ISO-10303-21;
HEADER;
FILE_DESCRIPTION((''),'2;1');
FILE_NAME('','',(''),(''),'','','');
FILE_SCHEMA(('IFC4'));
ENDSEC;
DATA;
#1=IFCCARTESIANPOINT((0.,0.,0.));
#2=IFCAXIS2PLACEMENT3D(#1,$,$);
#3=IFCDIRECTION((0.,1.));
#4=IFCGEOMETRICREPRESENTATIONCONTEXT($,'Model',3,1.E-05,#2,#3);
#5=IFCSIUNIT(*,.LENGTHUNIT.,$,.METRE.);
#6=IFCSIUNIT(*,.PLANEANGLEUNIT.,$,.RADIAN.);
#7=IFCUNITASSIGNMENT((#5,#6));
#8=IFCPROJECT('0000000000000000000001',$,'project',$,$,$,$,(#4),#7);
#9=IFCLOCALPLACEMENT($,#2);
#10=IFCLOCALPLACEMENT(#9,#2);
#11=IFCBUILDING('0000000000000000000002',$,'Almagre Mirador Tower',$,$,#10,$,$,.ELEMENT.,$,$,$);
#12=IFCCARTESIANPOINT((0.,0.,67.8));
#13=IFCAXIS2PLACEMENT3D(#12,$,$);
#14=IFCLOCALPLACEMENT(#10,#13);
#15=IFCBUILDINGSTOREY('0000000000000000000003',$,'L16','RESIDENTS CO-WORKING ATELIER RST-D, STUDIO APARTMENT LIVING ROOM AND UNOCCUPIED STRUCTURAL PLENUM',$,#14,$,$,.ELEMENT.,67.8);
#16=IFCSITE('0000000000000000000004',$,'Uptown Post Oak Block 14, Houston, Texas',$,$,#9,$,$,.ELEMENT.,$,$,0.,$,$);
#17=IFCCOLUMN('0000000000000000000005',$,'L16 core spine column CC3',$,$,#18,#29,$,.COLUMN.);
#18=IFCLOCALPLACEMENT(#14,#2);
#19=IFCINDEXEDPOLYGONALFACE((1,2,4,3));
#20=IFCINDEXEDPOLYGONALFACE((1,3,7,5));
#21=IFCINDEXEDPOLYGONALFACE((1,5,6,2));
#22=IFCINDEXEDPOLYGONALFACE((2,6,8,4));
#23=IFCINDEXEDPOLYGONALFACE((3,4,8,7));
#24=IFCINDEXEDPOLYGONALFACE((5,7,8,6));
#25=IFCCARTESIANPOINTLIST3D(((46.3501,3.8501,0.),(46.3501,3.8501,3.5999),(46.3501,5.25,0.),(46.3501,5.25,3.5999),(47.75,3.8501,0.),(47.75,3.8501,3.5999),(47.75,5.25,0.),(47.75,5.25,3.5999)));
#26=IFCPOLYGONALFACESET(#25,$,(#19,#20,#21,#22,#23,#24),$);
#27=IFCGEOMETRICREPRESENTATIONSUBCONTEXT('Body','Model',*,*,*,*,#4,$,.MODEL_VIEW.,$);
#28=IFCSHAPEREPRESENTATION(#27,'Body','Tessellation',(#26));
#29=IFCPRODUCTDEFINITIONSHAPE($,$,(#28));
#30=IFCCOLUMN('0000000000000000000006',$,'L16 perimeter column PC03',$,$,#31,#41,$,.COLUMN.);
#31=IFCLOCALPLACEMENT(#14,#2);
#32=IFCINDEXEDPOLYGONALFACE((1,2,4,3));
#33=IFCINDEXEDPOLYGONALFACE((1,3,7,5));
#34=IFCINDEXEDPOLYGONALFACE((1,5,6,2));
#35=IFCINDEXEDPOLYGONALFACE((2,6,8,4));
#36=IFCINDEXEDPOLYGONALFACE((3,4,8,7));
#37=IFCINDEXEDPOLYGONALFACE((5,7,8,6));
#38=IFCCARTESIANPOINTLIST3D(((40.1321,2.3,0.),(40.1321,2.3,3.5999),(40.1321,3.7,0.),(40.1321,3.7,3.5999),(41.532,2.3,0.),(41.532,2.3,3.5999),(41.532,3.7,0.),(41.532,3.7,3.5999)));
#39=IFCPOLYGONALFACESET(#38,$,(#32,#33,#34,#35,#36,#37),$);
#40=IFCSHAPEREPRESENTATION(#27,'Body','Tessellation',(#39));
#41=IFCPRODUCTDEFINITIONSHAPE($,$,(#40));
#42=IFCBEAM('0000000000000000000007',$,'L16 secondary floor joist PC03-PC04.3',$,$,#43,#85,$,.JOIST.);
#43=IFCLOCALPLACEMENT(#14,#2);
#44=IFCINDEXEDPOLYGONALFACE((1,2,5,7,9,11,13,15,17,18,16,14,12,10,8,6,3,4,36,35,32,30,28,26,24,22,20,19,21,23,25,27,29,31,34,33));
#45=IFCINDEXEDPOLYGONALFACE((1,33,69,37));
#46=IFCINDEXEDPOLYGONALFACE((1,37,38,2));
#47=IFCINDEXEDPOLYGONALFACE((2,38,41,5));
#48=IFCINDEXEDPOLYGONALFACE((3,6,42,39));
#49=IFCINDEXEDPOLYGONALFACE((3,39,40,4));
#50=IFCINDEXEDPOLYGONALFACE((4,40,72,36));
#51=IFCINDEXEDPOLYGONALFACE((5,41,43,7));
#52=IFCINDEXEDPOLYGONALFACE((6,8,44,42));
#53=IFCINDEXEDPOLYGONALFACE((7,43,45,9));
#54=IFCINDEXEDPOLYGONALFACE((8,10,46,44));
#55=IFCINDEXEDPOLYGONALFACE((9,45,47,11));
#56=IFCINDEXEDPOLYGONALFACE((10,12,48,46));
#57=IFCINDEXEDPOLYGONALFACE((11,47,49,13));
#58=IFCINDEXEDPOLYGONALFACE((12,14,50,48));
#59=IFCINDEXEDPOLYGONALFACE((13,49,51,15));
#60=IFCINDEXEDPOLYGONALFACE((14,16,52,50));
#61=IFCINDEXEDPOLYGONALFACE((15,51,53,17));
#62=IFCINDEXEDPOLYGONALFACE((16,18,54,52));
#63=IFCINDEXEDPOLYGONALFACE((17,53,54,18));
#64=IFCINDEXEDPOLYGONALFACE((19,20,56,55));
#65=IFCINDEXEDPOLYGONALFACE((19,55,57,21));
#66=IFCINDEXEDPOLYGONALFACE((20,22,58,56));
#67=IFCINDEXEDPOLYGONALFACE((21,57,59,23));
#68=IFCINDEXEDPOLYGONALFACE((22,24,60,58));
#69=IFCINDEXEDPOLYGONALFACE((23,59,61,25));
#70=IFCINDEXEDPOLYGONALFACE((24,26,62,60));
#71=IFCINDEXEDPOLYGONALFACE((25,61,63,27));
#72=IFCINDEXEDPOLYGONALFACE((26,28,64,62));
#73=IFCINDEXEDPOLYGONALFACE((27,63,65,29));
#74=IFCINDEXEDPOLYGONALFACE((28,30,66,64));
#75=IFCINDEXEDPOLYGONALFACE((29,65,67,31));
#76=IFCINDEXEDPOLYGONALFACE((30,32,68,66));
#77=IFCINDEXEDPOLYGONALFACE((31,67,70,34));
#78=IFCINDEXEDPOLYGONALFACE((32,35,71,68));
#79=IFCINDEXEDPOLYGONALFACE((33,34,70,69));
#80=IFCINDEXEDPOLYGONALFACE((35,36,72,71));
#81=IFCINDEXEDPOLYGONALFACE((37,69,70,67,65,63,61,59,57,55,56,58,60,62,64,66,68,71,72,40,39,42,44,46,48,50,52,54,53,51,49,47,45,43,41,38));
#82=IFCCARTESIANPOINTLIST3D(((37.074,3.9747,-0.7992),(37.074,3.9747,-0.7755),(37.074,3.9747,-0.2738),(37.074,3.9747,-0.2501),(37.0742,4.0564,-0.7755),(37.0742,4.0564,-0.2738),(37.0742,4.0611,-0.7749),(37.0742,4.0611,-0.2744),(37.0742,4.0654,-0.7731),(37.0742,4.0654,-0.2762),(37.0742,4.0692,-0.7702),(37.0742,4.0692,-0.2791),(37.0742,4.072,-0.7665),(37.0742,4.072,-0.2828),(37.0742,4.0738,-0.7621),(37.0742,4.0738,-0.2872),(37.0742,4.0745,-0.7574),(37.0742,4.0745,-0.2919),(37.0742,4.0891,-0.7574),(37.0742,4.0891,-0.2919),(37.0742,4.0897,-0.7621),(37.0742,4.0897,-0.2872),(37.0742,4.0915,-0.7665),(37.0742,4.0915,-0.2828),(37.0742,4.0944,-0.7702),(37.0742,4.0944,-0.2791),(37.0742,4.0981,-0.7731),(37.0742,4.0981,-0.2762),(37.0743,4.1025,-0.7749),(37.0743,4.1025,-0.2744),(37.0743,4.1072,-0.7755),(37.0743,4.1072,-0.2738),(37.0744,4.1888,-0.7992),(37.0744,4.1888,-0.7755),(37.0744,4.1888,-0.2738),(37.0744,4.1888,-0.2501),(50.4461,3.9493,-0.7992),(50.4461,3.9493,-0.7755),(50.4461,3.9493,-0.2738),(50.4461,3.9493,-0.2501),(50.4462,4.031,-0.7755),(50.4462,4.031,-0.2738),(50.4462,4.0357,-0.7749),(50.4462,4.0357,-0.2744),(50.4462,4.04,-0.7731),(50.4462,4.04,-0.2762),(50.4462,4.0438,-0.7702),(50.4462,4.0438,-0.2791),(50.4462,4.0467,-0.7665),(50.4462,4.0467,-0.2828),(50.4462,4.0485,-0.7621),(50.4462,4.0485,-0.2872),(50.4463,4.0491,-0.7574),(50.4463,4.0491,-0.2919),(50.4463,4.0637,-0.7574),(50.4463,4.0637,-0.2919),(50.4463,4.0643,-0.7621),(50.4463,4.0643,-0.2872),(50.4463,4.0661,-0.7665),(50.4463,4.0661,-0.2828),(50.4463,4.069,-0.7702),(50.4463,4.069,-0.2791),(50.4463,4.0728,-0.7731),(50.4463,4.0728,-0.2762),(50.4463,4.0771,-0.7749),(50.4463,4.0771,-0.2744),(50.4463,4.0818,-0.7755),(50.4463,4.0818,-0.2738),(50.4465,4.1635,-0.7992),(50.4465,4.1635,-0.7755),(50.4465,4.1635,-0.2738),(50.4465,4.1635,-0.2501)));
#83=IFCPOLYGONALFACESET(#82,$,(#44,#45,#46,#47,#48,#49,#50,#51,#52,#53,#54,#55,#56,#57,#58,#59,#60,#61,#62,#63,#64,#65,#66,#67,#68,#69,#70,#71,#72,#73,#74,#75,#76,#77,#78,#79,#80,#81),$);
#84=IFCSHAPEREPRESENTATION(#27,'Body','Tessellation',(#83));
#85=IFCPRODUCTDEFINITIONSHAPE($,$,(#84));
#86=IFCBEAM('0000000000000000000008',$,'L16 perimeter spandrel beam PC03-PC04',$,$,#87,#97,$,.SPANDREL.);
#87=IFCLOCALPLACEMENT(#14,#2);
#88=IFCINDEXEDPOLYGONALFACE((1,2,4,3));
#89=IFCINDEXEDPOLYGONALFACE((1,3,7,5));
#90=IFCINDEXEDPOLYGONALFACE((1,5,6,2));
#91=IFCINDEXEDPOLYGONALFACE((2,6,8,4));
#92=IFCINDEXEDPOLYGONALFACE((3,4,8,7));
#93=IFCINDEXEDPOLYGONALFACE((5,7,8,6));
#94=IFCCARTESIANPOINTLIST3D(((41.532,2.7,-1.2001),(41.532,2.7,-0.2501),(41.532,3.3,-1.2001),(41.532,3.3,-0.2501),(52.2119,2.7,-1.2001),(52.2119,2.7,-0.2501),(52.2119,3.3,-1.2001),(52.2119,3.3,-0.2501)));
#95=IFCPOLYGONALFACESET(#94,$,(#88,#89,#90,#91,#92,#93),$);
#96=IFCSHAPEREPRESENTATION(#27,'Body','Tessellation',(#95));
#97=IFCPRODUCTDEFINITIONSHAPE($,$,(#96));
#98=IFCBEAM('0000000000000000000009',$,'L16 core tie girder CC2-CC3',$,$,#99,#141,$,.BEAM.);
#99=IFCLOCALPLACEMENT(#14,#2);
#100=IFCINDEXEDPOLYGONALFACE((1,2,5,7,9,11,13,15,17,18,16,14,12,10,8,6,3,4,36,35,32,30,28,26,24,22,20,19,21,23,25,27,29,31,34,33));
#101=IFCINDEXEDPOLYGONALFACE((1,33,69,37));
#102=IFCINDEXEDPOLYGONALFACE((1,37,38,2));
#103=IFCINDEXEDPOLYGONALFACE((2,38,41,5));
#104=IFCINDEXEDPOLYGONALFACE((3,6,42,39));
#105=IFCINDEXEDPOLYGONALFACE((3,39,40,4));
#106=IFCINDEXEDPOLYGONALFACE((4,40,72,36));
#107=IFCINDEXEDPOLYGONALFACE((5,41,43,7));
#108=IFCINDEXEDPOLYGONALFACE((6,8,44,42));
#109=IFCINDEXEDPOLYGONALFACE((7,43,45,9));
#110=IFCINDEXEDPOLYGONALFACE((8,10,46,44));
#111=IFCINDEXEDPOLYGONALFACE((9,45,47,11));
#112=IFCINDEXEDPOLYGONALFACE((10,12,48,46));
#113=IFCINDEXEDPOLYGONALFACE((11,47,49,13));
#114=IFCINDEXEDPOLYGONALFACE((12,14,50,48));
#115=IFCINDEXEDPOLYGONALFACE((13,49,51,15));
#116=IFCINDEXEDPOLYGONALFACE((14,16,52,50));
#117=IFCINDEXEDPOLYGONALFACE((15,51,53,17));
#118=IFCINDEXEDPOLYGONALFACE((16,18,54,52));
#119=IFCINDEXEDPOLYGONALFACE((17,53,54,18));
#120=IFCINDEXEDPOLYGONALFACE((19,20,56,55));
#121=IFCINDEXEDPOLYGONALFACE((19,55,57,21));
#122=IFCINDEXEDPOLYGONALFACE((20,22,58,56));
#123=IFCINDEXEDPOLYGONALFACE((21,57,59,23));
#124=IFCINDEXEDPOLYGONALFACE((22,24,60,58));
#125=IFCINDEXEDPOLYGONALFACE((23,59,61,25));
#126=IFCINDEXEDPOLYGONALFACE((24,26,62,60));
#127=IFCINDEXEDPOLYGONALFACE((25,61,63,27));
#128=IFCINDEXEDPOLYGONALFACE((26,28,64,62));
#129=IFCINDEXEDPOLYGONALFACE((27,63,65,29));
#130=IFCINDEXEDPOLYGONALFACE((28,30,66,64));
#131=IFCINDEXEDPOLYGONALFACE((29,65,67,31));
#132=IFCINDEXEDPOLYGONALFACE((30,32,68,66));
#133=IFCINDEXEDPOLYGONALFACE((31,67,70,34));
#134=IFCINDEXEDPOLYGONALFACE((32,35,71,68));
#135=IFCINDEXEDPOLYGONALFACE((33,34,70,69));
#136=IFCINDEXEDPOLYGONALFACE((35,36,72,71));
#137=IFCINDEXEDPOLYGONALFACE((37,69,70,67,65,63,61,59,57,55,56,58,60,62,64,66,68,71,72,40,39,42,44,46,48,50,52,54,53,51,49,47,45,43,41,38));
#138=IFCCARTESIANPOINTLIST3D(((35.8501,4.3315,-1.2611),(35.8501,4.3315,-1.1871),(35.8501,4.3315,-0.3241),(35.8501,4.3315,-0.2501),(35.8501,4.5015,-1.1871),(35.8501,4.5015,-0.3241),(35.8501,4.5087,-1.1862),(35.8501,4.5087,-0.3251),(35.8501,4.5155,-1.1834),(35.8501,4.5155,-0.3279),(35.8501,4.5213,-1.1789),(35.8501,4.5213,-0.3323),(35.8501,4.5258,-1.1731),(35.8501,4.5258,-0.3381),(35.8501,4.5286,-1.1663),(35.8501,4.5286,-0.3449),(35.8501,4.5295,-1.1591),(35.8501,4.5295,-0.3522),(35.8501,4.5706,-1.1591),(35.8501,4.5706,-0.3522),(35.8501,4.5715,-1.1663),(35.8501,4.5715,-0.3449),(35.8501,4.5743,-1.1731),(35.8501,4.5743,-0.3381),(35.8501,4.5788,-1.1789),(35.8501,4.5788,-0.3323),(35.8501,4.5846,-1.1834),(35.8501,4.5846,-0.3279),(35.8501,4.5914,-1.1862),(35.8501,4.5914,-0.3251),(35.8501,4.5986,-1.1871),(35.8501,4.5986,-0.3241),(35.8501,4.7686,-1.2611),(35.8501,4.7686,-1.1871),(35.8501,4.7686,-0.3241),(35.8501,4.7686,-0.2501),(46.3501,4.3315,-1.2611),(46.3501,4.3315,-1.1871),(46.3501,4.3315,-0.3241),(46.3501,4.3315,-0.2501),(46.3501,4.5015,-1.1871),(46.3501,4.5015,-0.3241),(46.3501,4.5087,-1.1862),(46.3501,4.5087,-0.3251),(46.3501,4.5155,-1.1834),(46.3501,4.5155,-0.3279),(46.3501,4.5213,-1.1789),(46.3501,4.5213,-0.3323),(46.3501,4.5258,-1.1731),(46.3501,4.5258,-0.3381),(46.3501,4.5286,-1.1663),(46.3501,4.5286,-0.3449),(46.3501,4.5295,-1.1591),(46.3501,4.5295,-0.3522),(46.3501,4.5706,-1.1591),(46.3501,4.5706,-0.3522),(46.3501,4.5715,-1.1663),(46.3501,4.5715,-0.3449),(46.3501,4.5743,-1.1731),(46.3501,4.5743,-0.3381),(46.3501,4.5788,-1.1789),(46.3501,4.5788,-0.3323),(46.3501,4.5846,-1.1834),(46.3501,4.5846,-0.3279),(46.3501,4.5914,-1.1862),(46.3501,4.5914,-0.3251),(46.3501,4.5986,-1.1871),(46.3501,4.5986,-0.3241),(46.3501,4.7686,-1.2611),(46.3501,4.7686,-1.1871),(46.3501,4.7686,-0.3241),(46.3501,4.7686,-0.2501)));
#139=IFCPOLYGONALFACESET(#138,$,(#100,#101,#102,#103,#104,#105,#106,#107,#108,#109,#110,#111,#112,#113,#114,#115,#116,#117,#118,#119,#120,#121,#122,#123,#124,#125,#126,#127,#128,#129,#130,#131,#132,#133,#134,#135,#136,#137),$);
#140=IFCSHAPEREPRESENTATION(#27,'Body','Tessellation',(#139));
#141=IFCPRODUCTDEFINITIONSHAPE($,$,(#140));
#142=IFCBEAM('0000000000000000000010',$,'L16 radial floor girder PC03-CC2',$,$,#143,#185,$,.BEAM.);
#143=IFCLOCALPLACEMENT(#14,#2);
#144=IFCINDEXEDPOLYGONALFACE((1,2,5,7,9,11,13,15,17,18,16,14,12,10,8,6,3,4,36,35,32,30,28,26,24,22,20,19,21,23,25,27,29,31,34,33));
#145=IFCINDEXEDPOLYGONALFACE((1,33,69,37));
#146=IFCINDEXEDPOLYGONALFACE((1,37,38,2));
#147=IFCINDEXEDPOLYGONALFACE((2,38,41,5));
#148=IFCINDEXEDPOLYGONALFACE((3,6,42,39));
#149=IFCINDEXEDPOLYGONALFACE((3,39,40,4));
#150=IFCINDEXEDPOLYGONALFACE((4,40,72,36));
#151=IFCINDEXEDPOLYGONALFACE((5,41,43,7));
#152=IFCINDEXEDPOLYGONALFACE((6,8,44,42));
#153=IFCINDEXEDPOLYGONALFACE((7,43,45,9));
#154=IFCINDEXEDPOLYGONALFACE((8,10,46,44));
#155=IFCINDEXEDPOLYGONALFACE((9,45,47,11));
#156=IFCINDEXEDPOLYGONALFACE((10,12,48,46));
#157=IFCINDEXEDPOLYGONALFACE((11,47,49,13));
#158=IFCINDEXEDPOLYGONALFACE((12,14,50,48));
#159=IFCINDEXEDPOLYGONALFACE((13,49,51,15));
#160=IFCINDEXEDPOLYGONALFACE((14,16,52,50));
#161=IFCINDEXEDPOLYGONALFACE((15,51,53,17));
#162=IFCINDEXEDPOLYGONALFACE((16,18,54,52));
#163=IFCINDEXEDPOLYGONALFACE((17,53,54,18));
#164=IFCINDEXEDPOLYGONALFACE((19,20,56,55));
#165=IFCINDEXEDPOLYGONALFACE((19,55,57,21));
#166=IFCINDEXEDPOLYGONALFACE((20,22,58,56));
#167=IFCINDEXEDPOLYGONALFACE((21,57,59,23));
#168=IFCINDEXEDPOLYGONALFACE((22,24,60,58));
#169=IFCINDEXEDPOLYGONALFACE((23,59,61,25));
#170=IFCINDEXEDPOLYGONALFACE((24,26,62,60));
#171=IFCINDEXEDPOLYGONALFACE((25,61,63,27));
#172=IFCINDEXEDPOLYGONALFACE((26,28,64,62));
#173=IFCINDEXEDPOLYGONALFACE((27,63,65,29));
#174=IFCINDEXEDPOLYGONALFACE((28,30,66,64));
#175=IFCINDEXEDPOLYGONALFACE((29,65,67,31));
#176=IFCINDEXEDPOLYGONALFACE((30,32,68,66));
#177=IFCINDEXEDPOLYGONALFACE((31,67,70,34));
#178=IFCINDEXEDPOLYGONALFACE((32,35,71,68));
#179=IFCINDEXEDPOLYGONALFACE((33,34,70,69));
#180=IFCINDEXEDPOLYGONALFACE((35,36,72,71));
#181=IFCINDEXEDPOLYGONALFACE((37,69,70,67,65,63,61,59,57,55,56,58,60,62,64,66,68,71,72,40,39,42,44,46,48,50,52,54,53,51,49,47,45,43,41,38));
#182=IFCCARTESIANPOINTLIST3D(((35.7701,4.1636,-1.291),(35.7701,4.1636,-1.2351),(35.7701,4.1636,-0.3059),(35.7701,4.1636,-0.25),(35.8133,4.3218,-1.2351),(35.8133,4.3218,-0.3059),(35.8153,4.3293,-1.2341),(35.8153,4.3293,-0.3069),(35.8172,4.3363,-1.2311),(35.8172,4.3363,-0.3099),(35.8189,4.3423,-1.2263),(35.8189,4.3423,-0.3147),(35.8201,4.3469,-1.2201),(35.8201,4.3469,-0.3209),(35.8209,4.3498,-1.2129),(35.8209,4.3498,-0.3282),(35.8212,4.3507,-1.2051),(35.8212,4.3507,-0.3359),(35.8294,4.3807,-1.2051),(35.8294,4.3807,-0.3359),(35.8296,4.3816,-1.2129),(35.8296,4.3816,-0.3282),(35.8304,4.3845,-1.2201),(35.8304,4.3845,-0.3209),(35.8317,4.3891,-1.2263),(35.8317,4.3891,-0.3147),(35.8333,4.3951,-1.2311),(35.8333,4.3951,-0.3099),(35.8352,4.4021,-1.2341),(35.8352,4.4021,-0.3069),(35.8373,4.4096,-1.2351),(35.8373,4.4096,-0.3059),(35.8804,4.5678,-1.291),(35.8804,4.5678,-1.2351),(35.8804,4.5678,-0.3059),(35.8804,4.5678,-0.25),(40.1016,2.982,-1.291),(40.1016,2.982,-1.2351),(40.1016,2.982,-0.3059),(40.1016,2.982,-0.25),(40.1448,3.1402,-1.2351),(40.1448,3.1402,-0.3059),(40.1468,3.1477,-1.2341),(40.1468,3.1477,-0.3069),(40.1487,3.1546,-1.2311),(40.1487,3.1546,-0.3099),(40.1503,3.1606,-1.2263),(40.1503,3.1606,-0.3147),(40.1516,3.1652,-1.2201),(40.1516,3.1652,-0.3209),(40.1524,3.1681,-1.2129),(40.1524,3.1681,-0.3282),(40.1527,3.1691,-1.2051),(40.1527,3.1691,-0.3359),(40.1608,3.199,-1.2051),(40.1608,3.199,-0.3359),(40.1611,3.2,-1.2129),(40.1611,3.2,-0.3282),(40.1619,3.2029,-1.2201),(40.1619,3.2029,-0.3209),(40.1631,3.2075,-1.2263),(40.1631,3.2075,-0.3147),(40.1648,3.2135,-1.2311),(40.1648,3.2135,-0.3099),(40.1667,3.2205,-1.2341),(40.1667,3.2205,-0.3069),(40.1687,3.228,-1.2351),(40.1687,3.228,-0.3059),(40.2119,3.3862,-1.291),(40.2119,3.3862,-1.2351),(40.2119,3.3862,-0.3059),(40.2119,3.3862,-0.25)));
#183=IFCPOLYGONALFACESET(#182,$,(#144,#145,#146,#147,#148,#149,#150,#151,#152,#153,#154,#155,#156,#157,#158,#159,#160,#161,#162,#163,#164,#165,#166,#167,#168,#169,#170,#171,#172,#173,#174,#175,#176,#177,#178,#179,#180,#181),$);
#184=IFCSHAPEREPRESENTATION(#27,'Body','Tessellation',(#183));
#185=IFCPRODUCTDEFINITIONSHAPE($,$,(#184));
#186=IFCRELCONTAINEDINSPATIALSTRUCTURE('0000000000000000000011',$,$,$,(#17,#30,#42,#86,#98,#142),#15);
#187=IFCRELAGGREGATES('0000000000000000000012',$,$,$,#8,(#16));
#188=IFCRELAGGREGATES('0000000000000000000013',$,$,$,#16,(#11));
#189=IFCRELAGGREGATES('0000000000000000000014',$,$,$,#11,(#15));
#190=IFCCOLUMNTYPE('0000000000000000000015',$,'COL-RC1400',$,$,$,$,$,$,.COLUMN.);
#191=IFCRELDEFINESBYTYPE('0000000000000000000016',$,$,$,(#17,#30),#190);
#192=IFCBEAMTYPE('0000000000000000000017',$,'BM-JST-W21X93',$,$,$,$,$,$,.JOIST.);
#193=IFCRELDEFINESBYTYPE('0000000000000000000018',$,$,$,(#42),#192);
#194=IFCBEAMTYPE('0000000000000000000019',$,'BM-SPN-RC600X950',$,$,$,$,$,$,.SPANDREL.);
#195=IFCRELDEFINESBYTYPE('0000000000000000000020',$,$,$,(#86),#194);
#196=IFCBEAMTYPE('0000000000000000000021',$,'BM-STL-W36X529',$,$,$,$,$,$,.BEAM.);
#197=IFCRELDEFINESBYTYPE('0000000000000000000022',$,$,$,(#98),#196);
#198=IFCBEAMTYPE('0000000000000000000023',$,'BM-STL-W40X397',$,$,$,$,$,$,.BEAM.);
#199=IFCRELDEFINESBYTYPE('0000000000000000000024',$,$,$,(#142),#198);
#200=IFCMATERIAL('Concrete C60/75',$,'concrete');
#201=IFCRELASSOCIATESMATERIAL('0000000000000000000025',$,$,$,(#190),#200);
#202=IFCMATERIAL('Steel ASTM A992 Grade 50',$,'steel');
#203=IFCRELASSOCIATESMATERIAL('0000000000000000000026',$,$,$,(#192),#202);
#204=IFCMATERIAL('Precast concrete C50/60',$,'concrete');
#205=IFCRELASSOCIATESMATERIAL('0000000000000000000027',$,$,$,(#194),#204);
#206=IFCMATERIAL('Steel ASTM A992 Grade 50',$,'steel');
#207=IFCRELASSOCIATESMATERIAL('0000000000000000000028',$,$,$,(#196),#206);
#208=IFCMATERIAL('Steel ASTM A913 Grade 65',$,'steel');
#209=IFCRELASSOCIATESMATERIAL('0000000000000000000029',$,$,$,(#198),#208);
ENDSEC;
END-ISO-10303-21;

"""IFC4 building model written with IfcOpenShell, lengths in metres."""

from ifc_helpers import new_model, si_unit, direction, frame, origin, origin_2d, place, context, subcontext, project, spatial, rectangle, i_section, extrude, material, material_profile, profile_set, type_object, element, save


model = new_model("IFC4")

# Units and contexts
model_context = context("Model", 3, precision=1e-05, world=origin(), true_north=direction((0.0, 1.0)))
body_context = subcontext(model_context, "Body", "Model", "MODEL_VIEW")
ifc_project = project(units=[si_unit("LENGTHUNIT", "METRE"), si_unit("PLANEANGLEUNIT", "RADIAN")], contexts=[model_context])

# Site, building, storey
site_placement = place(None, origin())
site = spatial("IfcSite", under=ifc_project, at=site_placement, Name="Uptown Post Oak Block 14, Houston, Texas", CompositionType="ELEMENT", RefElevation=0.0)
building_placement = place(site_placement, origin())
building = spatial("IfcBuilding", under=site, at=building_placement, Name="Almagre Mirador Tower", CompositionType="ELEMENT")
storey_placement = place(building_placement, frame((0.0, 0.0, 67.8)))
storey = spatial("IfcBuildingStorey", under=building, at=storey_placement, Name="L16", Description="RESIDENTS CO-WORKING ATELIER RST-D, STUDIO APARTMENT LIVING ROOM AND UNOCCUPIED STRUCTURAL PLENUM", CompositionType="ELEMENT", Elevation=67.8)

# Columns
ifc_material_1 = material(Name="Concrete C60/75", Category="concrete")
ifc_material_profile_1 = material_profile(ifc_material_1, rectangle(XDim=1.3999, YDim=1.3999, at=origin_2d()), Name="RC1400X1400")
ifc_profile_set_1 = profile_set([ifc_material_profile_1], Name="Concrete C60/75")
column_type = type_object("IfcColumnType", Name="COL-RC1400", PredefinedType="COLUMN", material=ifc_profile_set_1)
for number, where, z_axis, x_axis, name in (
    (1, (47.05, 4.55, 0.0), (0.0, 0.0, 1.0), (1.0, 0.0, 0.0), "L16 core spine column CC3"),
    (2, (40.832, 3.0, 0.0), (0.0, 0.0, 1.0), (1.0, 0.0, 0.0), "L16 perimeter column PC03"),
):
    element("IfcColumn", number, at=place(storey_placement, frame(where, z_axis=z_axis, x_axis=x_axis)), inside=storey, type_object=column_type, Name=name, PredefinedType="COLUMN", context=body_context, shape_type="SweptSolid", body=[
        extrude(rectangle(XDim=1.3999, YDim=1.3999, at=origin_2d()), origin(), (0.0, 0.0, 1.0), 3.5999),
    ])

# Beams
ifc_material_2 = material(Name="Steel ASTM A992 Grade 50", Category="steel")
ifc_material_profile_2 = material_profile(ifc_material_2, i_section(OverallWidth=0.2141, OverallDepth=0.5491, WebThickness=0.0146, FlangeThickness=0.0237, FilletRadius=0.0181, at=origin_2d()), Name="W21X93")
ifc_profile_set_2 = profile_set([ifc_material_profile_2], Name="Steel ASTM A992 Grade 50")
beam_type_1 = type_object("IfcBeamType", Name="BM-JST-W21X93", PredefinedType="JOIST", material=ifc_profile_set_2)
beam_1_placement = place(storey_placement, frame((37.0742, 4.0818, -0.5247), z_axis=(0.999998, -0.001899, 0.0), x_axis=(0.001899, 0.999998, 0.0)))
element("IfcBeam", 3, at=beam_1_placement, inside=storey, type_object=beam_type_1, Name="L16 secondary floor joist PC03-PC04.3", PredefinedType="JOIST", context=body_context, shape_type="SweptSolid", body=[
    extrude(i_section(OverallWidth=0.2141, OverallDepth=0.5491, WebThickness=0.0146, FlangeThickness=0.0237, FilletRadius=0.0181, at=origin_2d()), origin(), (0.0, 0.0, 1.0), 13.3721),
])
ifc_material_3 = material(Name="Precast concrete C50/60", Category="concrete")
ifc_material_profile_3 = material_profile(ifc_material_3, rectangle(XDim=0.6001, YDim=0.95, at=origin_2d()), Name="RC600X950")
ifc_profile_set_3 = profile_set([ifc_material_profile_3], Name="Precast concrete C50/60")
beam_type_2 = type_object("IfcBeamType", Name="BM-SPN-RC600X950", PredefinedType="SPANDREL", material=ifc_profile_set_3)
beam_2_placement = place(storey_placement, frame((41.532, 3.0, -0.7251), z_axis=(1.0, 0.0, 0.0), x_axis=(0.0, 1.0, 0.0)))
element("IfcBeam", 4, at=beam_2_placement, inside=storey, type_object=beam_type_2, Name="L16 perimeter spandrel beam PC03-PC04", PredefinedType="SPANDREL", context=body_context, shape_type="SweptSolid", body=[
    extrude(rectangle(XDim=0.6001, YDim=0.95, at=origin_2d()), origin(), (0.0, 0.0, 1.0), 10.6799),
])
ifc_material_4 = material(Name="Steel ASTM A992 Grade 50", Category="steel")
ifc_material_profile_4 = material_profile(ifc_material_4, i_section(OverallWidth=0.437, OverallDepth=1.011, WebThickness=0.041, FlangeThickness=0.074, FilletRadius=0.0281, at=origin_2d()), Name="W36X529")
ifc_profile_set_4 = profile_set([ifc_material_profile_4], Name="Steel ASTM A992 Grade 50")
beam_type_3 = type_object("IfcBeamType", Name="BM-STL-W36X529", PredefinedType="BEAM", material=ifc_profile_set_4)
beam_3_placement = place(storey_placement, frame((35.8501, 4.55, -0.7556), z_axis=(1.0, 0.0, 0.0), x_axis=(0.0, 1.0, 0.0)))
element("IfcBeam", 5, at=beam_3_placement, inside=storey, type_object=beam_type_3, Name="L16 core tie girder CC2-CC3", PredefinedType="BEAM", context=body_context, shape_type="SweptSolid", body=[
    extrude(i_section(OverallWidth=0.437, OverallDepth=1.011, WebThickness=0.041, FlangeThickness=0.074, FilletRadius=0.0281, at=origin_2d()), origin(), (0.0, 0.0, 1.0), 10.5),
])
ifc_material_5 = material(Name="Steel ASTM A913 Grade 65", Category="steel")
ifc_material_profile_5 = material_profile(ifc_material_5, i_section(OverallWidth=0.4189, OverallDepth=1.041, WebThickness=0.031, FlangeThickness=0.0559, FilletRadius=0.03, at=origin_2d()), Name="W40X397")
ifc_profile_set_5 = profile_set([ifc_material_profile_5], Name="Steel ASTM A913 Grade 65")
beam_type_4 = type_object("IfcBeamType", Name="BM-STL-W40X397", PredefinedType="BEAM", material=ifc_profile_set_5)
beam_4_placement = place(storey_placement, frame((40.1567, 3.1841, -0.7705), z_axis=(-0.964746, 0.263182, 0.0), x_axis=(-0.263182, -0.964746, 0.0)))
element("IfcBeam", 6, at=beam_4_placement, inside=storey, type_object=beam_type_4, Name="L16 radial floor girder PC03-CC2", PredefinedType="BEAM", context=body_context, shape_type="SweptSolid", body=[
    extrude(i_section(OverallWidth=0.4189, OverallDepth=1.041, WebThickness=0.031, FlangeThickness=0.0559, FilletRadius=0.03, at=origin_2d()), origin(), (0.0, 0.0, 1.0), 4.4897),
])

save(model, "model.ifc")
